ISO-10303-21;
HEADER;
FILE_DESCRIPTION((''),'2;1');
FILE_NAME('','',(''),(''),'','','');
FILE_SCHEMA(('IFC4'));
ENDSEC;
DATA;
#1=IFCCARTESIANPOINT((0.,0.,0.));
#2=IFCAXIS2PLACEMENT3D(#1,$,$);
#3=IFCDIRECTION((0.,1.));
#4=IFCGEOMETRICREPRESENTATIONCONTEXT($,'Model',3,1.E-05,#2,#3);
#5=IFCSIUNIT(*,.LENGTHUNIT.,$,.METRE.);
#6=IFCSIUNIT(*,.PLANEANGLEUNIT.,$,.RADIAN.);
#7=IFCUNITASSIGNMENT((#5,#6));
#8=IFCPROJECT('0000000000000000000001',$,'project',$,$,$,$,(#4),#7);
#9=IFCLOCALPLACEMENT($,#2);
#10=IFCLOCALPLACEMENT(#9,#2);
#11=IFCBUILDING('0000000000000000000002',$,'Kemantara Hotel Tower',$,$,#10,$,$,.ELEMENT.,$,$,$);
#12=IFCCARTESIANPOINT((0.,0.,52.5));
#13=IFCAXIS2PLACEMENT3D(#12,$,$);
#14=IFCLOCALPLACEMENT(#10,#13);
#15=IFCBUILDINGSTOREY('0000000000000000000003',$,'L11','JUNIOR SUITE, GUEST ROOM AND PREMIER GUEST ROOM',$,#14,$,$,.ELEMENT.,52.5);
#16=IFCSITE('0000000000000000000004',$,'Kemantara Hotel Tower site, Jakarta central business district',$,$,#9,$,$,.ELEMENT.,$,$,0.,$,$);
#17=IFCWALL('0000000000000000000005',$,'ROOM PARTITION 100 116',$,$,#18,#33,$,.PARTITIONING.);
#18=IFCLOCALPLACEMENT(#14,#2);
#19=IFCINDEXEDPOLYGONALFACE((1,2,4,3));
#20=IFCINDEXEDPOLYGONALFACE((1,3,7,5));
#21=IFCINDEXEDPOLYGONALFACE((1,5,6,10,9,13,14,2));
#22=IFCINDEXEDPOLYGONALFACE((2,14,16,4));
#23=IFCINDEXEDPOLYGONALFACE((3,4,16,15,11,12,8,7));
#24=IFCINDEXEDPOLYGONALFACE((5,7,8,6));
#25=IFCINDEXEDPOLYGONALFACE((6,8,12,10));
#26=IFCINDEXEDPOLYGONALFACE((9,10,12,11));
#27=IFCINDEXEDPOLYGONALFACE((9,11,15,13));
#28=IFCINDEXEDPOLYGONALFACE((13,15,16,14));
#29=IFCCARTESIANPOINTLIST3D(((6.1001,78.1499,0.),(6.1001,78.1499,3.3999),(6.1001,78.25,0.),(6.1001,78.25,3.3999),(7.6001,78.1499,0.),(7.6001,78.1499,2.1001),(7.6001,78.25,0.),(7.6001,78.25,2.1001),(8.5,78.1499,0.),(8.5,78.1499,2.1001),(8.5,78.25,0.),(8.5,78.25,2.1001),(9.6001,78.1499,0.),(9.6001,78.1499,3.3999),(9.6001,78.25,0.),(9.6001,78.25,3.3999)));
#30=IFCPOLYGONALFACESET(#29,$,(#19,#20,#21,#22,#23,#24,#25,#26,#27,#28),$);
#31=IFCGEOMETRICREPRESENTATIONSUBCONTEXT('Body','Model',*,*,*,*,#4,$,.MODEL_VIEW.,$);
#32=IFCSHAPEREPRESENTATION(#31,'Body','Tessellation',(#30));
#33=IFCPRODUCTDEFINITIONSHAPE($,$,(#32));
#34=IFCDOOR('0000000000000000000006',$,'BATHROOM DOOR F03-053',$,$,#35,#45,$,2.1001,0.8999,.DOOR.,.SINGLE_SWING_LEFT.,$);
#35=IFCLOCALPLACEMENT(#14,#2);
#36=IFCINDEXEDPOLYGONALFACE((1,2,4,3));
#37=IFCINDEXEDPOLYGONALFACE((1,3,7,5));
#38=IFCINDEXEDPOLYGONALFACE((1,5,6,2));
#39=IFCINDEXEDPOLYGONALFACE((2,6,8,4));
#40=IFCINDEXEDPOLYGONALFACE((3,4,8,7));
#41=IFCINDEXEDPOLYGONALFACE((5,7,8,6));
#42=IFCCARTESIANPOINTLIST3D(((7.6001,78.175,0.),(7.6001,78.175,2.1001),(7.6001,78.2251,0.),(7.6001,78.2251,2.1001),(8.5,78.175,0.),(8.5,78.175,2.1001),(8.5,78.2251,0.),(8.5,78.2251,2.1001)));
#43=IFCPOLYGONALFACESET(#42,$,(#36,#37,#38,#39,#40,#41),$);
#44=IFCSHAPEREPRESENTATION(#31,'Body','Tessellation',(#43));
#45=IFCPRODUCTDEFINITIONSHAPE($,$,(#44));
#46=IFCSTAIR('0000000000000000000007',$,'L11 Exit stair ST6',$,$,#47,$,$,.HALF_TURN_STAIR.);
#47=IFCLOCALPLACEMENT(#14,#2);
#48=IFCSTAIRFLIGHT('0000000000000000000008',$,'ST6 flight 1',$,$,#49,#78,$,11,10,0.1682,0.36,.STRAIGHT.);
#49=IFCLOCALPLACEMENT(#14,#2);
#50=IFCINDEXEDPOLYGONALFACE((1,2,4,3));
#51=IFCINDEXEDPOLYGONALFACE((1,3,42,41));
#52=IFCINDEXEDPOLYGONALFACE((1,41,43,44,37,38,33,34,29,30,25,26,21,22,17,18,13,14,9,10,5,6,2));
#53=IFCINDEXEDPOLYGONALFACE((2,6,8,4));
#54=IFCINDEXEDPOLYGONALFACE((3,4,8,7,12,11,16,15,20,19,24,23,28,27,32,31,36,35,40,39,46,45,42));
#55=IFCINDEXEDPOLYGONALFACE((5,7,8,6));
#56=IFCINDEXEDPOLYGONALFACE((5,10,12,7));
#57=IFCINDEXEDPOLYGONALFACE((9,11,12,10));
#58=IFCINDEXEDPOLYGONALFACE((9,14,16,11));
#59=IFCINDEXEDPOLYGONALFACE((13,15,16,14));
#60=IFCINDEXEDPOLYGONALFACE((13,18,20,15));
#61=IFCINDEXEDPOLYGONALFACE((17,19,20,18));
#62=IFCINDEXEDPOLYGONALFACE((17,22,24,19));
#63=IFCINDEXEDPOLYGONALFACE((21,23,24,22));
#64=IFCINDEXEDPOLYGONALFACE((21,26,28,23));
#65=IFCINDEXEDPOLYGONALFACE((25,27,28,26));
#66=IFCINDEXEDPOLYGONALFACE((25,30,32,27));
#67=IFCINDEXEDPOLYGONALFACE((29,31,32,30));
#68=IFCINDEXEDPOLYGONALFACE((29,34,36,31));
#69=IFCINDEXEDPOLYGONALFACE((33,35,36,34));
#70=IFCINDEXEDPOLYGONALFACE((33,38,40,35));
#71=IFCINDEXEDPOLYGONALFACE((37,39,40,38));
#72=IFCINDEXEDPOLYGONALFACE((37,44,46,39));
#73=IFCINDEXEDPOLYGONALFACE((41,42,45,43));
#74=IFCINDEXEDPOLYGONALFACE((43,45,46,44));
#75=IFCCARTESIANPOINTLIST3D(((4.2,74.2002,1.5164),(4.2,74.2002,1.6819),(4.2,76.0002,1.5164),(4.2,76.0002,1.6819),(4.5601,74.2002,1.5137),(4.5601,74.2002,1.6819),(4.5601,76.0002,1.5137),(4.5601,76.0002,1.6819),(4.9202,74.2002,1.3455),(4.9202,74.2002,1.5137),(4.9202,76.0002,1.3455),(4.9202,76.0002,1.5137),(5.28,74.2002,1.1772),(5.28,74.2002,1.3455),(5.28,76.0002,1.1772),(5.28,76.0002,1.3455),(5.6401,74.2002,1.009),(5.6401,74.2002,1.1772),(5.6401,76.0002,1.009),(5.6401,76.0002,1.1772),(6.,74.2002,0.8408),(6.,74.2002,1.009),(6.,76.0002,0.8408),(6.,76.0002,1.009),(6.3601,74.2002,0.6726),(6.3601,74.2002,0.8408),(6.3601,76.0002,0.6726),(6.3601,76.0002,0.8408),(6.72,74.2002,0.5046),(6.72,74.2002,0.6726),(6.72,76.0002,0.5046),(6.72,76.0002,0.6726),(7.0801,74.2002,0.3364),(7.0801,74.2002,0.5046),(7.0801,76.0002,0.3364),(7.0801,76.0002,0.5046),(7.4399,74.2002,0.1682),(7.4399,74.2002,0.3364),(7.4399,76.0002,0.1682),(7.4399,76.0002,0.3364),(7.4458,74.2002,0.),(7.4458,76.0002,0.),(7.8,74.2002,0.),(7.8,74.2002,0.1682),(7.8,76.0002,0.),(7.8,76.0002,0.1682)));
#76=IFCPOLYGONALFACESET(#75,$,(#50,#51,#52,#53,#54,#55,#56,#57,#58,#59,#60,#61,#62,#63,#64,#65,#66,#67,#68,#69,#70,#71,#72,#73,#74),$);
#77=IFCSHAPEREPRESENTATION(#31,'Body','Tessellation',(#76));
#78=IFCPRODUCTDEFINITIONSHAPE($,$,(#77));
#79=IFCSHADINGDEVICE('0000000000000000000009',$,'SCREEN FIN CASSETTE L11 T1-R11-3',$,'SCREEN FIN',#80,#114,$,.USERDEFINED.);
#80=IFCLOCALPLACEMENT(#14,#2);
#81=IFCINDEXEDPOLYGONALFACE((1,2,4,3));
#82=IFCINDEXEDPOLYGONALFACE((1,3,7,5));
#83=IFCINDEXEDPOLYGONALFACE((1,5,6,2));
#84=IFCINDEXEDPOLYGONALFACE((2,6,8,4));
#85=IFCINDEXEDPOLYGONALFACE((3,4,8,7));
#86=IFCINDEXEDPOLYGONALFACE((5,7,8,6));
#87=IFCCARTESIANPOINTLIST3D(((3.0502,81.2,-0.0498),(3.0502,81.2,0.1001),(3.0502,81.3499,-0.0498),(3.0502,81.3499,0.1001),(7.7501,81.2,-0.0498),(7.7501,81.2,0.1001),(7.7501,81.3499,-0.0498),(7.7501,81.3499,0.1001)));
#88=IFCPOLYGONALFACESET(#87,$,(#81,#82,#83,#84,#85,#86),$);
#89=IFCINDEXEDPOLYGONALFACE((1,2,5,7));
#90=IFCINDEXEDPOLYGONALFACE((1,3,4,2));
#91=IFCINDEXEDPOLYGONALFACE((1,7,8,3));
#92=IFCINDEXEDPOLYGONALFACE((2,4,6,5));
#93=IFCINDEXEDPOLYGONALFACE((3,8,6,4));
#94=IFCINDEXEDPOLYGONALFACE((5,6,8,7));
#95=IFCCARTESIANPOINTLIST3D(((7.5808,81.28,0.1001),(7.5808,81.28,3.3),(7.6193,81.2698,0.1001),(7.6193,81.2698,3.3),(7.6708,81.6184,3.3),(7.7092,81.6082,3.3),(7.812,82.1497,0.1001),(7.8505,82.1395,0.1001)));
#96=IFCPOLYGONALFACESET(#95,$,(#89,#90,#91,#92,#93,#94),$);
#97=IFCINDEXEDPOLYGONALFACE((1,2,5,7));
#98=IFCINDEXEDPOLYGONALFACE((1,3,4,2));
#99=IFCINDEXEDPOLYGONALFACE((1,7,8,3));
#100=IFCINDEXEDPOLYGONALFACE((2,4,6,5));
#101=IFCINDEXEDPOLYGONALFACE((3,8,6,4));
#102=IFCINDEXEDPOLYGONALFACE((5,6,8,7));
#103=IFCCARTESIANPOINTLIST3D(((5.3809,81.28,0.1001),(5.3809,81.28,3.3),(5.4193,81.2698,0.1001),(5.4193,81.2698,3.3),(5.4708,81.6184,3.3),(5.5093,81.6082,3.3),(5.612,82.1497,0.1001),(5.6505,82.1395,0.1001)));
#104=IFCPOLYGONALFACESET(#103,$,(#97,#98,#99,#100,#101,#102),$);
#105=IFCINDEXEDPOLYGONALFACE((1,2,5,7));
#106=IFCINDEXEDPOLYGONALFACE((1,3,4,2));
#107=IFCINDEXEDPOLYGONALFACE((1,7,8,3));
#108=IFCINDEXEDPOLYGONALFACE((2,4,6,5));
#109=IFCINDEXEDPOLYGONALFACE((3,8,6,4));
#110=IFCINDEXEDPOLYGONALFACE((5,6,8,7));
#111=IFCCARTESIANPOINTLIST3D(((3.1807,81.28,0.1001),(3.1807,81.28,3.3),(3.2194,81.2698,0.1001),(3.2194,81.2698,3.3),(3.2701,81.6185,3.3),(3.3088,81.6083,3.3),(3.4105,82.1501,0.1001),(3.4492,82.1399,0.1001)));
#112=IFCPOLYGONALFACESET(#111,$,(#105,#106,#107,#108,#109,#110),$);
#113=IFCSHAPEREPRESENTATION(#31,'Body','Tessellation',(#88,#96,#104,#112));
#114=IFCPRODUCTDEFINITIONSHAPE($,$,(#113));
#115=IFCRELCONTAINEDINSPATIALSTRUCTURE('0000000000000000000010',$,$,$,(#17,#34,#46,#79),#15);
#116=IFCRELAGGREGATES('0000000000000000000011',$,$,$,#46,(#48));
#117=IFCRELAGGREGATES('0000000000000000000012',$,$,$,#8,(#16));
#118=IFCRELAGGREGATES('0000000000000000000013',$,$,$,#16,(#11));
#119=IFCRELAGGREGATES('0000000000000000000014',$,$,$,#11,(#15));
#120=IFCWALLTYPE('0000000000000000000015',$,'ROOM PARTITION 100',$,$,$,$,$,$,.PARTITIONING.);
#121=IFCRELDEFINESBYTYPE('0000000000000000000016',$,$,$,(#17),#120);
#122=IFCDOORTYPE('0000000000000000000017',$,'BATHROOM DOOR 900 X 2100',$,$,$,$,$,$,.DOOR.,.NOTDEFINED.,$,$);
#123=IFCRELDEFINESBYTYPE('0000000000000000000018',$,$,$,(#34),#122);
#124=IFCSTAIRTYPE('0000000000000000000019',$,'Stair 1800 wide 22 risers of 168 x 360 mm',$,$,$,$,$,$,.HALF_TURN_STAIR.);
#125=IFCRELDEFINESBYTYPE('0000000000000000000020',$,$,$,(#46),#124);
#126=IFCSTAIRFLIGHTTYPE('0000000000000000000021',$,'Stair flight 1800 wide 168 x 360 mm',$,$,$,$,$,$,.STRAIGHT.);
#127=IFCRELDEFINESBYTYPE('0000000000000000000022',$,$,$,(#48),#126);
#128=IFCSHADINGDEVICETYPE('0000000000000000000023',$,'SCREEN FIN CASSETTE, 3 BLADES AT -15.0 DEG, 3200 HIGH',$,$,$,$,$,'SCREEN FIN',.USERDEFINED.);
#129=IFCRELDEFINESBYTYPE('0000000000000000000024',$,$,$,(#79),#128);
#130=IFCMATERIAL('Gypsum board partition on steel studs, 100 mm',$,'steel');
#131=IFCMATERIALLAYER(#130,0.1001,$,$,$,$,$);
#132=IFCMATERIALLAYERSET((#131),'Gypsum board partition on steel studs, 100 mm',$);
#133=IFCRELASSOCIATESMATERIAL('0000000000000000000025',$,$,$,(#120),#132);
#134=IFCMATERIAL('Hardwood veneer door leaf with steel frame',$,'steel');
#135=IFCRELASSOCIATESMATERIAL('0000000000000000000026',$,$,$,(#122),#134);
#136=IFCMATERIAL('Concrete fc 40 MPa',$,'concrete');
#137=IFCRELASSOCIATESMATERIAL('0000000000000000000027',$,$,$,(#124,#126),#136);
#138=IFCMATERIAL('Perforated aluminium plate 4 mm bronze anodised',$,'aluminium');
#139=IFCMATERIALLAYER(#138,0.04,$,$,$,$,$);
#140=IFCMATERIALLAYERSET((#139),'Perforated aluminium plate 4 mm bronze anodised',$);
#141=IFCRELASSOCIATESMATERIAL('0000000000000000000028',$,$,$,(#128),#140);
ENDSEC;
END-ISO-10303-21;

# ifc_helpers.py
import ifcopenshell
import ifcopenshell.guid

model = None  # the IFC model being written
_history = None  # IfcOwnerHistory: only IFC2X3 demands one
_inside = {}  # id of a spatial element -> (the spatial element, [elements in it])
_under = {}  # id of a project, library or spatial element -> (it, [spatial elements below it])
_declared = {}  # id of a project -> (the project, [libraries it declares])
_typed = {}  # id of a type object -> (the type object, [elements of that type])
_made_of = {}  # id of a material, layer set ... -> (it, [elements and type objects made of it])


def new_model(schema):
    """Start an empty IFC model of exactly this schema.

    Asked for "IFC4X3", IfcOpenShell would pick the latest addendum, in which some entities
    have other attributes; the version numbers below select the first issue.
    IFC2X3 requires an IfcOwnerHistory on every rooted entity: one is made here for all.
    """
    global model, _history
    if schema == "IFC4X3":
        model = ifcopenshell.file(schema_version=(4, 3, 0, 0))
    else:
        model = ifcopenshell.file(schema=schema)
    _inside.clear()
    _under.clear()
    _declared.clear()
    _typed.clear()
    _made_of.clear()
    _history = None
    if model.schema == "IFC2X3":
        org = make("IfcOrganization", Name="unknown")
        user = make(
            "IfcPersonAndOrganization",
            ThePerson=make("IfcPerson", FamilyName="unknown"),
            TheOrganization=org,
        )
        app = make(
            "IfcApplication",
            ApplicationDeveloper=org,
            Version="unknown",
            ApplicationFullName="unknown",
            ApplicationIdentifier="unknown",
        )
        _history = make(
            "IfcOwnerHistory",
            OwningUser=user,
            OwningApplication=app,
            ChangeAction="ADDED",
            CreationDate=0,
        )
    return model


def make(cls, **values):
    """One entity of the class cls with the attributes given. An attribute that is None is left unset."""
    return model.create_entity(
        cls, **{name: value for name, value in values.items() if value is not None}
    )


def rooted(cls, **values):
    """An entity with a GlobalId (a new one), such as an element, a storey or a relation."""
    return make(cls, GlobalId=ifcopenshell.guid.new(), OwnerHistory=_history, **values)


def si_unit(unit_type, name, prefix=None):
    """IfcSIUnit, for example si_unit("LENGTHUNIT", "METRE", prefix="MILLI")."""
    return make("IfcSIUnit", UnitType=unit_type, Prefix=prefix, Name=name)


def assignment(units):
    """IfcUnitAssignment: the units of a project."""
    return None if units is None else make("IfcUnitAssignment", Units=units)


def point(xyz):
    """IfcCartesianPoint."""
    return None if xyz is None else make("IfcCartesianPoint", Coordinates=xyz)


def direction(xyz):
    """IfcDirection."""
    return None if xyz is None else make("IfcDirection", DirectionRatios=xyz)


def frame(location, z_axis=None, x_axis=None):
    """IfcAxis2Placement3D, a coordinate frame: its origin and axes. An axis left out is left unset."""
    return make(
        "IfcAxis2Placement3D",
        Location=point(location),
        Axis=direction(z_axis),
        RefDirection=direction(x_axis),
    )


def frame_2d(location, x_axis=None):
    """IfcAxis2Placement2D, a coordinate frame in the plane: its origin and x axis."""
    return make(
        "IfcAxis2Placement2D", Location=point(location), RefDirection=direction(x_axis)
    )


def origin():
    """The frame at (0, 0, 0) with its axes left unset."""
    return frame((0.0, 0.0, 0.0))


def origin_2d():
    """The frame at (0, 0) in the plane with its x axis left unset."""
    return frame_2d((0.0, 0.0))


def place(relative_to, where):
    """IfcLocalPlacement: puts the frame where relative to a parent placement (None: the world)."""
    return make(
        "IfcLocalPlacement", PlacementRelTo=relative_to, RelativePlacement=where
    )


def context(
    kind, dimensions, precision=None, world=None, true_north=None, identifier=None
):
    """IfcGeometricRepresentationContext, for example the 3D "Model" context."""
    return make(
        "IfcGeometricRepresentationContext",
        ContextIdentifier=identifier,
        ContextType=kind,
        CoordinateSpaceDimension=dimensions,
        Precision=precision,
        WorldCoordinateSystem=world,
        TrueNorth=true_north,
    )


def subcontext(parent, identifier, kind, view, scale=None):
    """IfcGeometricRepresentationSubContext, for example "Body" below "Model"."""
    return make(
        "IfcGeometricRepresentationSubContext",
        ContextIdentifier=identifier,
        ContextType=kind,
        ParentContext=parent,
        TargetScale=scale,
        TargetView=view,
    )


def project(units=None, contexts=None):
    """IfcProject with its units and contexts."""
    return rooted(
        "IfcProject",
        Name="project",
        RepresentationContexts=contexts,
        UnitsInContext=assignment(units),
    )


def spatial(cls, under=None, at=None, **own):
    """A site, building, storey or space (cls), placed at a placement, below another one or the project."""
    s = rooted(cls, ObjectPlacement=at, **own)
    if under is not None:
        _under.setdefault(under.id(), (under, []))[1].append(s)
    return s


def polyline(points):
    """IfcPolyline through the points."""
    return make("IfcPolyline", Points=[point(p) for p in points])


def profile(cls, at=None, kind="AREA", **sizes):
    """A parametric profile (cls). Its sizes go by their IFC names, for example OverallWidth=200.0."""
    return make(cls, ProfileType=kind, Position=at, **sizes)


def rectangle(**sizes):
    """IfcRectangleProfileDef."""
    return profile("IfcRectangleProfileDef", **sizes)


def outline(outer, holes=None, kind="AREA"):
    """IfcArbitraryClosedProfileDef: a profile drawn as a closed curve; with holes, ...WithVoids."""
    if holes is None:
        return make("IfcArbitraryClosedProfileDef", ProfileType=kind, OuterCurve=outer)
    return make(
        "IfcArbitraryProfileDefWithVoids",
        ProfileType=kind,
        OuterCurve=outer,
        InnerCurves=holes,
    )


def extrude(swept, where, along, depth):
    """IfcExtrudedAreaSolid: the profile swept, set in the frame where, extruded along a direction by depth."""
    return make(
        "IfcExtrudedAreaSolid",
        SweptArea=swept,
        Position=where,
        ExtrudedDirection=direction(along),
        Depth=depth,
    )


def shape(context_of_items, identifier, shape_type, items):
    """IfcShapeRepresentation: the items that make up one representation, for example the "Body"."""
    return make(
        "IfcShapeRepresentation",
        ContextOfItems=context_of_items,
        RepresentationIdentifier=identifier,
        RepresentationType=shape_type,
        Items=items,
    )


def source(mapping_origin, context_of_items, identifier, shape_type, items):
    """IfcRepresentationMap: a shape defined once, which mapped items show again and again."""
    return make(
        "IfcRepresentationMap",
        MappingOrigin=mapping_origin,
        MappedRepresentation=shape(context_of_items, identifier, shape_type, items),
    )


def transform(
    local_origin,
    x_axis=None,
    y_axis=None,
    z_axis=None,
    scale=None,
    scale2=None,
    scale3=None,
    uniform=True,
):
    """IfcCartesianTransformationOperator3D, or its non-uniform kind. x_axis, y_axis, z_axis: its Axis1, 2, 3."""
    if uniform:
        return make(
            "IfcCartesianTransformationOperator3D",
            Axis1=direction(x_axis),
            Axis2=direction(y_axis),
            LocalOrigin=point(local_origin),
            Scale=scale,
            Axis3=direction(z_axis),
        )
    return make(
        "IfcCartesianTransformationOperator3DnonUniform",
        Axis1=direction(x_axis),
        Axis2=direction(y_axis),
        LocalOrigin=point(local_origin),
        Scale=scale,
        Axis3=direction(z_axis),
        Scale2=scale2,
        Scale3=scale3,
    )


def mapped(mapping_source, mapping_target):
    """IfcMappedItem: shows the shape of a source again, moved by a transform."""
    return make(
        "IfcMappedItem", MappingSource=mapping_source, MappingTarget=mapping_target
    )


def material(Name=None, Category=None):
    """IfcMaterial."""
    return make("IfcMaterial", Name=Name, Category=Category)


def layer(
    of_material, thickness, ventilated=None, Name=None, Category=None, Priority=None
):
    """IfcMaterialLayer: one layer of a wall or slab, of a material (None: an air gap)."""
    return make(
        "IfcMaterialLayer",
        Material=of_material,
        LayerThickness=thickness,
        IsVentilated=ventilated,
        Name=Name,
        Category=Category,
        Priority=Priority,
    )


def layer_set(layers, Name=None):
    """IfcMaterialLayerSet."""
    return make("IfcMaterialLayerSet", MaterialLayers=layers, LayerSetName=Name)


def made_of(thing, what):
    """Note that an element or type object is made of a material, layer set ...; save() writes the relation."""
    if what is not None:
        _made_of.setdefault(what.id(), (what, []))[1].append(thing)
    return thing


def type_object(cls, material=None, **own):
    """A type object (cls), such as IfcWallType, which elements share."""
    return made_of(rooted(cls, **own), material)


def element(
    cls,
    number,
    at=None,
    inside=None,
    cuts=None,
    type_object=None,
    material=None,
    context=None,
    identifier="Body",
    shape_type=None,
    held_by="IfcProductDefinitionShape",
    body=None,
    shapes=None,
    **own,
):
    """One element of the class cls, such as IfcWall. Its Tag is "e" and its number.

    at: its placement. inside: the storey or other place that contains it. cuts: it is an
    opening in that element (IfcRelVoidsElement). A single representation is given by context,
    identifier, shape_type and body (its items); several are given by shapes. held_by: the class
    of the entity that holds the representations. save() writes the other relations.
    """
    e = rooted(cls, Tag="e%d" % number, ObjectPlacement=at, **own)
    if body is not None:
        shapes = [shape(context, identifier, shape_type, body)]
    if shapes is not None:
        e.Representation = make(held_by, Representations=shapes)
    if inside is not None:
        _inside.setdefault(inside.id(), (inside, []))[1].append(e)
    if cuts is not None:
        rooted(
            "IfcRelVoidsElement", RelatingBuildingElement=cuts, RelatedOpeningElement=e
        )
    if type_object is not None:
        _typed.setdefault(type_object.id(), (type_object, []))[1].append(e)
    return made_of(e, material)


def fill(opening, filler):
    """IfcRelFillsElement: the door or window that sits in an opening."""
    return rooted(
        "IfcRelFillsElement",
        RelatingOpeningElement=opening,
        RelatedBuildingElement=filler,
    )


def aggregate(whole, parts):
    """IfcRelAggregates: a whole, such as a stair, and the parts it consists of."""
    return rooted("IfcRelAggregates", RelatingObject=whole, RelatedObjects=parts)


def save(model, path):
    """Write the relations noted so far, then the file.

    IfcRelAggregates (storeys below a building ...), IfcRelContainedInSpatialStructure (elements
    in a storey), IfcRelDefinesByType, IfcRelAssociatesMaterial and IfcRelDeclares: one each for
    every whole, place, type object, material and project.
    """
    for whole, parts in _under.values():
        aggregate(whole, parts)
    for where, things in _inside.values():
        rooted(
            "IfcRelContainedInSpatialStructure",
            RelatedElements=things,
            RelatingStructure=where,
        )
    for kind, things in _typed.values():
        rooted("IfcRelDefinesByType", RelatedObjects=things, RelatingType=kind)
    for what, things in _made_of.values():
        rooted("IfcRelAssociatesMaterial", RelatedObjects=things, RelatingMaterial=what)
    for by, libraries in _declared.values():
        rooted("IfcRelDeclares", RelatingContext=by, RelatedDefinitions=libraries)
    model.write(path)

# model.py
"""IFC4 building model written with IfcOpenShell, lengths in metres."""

from ifc_helpers import new_model, si_unit, direction, frame, frame_2d, origin, origin_2d, place, context, subcontext, project, spatial, polyline, rectangle, outline, extrude, source, transform, mapped, material, layer, layer_set, type_object, element, fill, aggregate, save


model = new_model("IFC4")

# Units and contexts
model_context = context("Model", 3, precision=1e-05, world=origin(), true_north=direction((0.0, 1.0)))
body_context = subcontext(model_context, "Body", "Model", "MODEL_VIEW")
ifc_project = project(units=[si_unit("LENGTHUNIT", "METRE"), si_unit("PLANEANGLEUNIT", "RADIAN")], contexts=[model_context])

# Site, building, storey
site_placement = place(None, origin())
site = spatial("IfcSite", under=ifc_project, at=site_placement, Name="Kemantara Hotel Tower site, Jakarta central business district", CompositionType="ELEMENT", RefElevation=0.0)
building_placement = place(site_placement, origin())
building = spatial("IfcBuilding", under=site, at=building_placement, Name="Kemantara Hotel Tower", CompositionType="ELEMENT")
storey_placement = place(building_placement, frame((0.0, 0.0, 52.5)))
storey = spatial("IfcBuildingStorey", under=building, at=storey_placement, Name="L11", Description="JUNIOR SUITE, GUEST ROOM AND PREMIER GUEST ROOM", CompositionType="ELEMENT", Elevation=52.5)

# Wall, opening, door
ifc_material_1 = material(Name="Hardwood veneer door leaf with steel frame", Category="steel")
ifc_material_2 = material(Name="Concrete fc 40 MPa", Category="concrete")
ifc_material_3 = material(Name="Gypsum board partition on steel studs, 100 mm", Category="steel")
ifc_layer_1 = layer(ifc_material_3, 0.1001)
ifc_layer_set_1 = layer_set([ifc_layer_1], Name="Gypsum board partition on steel studs, 100 mm")
wall_type_1 = type_object("IfcWallType", Name="ROOM PARTITION 100", PredefinedType="PARTITIONING", material=ifc_layer_set_1)
wall_1_placement = place(storey_placement, frame((9.6001, 78.2, 0.0), z_axis=(0.0, 0.0, 1.0), x_axis=(-1.0, 0.0, 0.0)))
wall_1 = element("IfcWall", 1, at=wall_1_placement, inside=storey, type_object=wall_type_1, Name="ROOM PARTITION 100 116", PredefinedType="PARTITIONING", context=body_context, shape_type="SweptSolid", body=[
    extrude(rectangle(XDim=3.5, YDim=0.1001, at=frame_2d((1.75, 0.0))), origin(), (0.0, 0.0, 1.0), 3.3999),
])
opening_1_placement = place(wall_1_placement, frame((1.1001, 0.0, 0.0)))
opening_1 = element("IfcOpeningElement", 2, at=opening_1_placement, cuts=wall_1, PredefinedType="OPENING", context=body_context, shape_type="SweptSolid", body=[
    extrude(rectangle(XDim=0.8999, YDim=2.1001, at=frame_2d((0.45, 1.05))), frame((0.0, 0.0601, 0.0), z_axis=(0.0, -1.0, 0.0), x_axis=(1.0, 0.0, 0.0)), (0.0, 0.0, 1.0), 0.1201),
])
door_type_1 = type_object("IfcDoorType", Name="BATHROOM DOOR 900 X 2100", OperationType="NOTDEFINED", PredefinedType="DOOR", material=ifc_material_1)
door_1_placement = place(opening_1_placement, origin())
door_1 = element("IfcDoor", 3, at=door_1_placement, inside=storey, type_object=door_type_1, Name="BATHROOM DOOR F03-053", OperationType="SINGLE_SWING_LEFT", OverallHeight=2.1001, OverallWidth=0.8999, PredefinedType="DOOR", context=body_context, shape_type="SweptSolid", body=[
    extrude(rectangle(XDim=0.8999, YDim=2.1001, at=frame_2d((0.45, 1.05))), frame((0.0, 0.0249, 0.0), z_axis=(0.0, -1.0, 0.0), x_axis=(1.0, 0.0, 0.0)), (0.0, 0.0, 1.0), 0.05),
])
fill(opening_1, door_1)

# Stair, stair flight
stair_type = type_object("IfcStairType", Name="Stair 1800 wide 22 risers of 168 x 360 mm", PredefinedType="HALF_TURN_STAIR", material=ifc_material_2)
stair_placement = place(storey_placement, origin())
stair = element("IfcStair", 4, at=stair_placement, inside=storey, type_object=stair_type, Name="L11 Exit stair ST6", PredefinedType="HALF_TURN_STAIR")
stair_flight_type = type_object("IfcStairFlightType", Name="Stair flight 1800 wide 168 x 360 mm", PredefinedType="STRAIGHT", material=ifc_material_2)
stair_flight_placement = place(storey_placement, frame((7.8, 75.1001, 0.0), z_axis=(0.0, 0.0, 1.0), x_axis=(-1.0, 0.0, 0.0)))
stair_flight = element("IfcStairFlight", 5, at=stair_flight_placement, type_object=stair_flight_type, Name="ST6 flight 1", NumberOfRisers=11, NumberOfTreads=10, PredefinedType="STRAIGHT", RiserHeight=0.1682, TreadLength=0.36, context=body_context, shape_type="SweptSolid", body=[
    extrude(outline(polyline([(0.0, 0.0), (0.0, 0.1682), (0.3601, 0.1682), (0.3601, 0.3364), (0.72, 0.3364), (0.72, 0.5046), (1.0801, 0.5046), (1.0801, 0.6726), (1.4399, 0.6726), (1.4399, 0.8408), (1.8, 0.8408), (1.8, 1.009), (2.1599, 1.009), (2.1599, 1.1772), (2.52, 1.1772), (2.52, 1.3455), (2.8799, 1.3455), (2.8799, 1.5137), (3.24, 1.5137), (3.24, 1.6819), (3.6001, 1.6819), (3.6001, 1.8501), (3.6001, 1.5164), (0.3542, 0.0), (0.0, 0.0)])), frame((0.0, 0.8999, 0.0), z_axis=(0.0, -1.0, 0.0), x_axis=(1.0, 0.0, 0.0)), (0.0, 0.0, 1.0), 1.8),
])
aggregate(stair, [stair_flight])

# Shading device
ifc_material_4 = material(Name="Perforated aluminium plate 4 mm bronze anodised", Category="aluminium")
ifc_layer_2 = layer(ifc_material_4, 0.04)
ifc_layer_set_2 = layer_set([ifc_layer_2], Name="Perforated aluminium plate 4 mm bronze anodised")
shading_device_type = type_object("IfcShadingDeviceType", Name="SCREEN FIN CASSETTE, 3 BLADES AT -15.0 DEG, 3200 HIGH", ElementType="SCREEN FIN", PredefinedType="USERDEFINED", material=ifc_layer_set_2)
shared_shape_1 = source(origin(), body_context, "Body", "SweptSolid", [
    extrude(rectangle(XDim=4.7, YDim=0.1499, at=origin_2d()), frame((2.2, -0.075, -0.1499), z_axis=(0.0, 0.0, 1.0), x_axis=(1.0, 0.0, 0.0)), (0.0, 0.0, 1.0), 0.1499),
    extrude(outline(polyline([(0.0, 0.0), (0.8999, 0.0), (0.3501, 3.2), (0.0, 3.2), (0.0, 0.0)])), frame((0.0193, -0.0801, 0.0), z_axis=(-0.966438, 0.256901, 0.0), x_axis=(-0.256901, -0.966438, 0.0)), (0.0, 0.0, 1.0), 0.0398),
    extrude(outline(polyline([(0.0, 0.0), (0.8999, 0.0), (0.3501, 3.2), (0.0, 3.2), (0.0, 0.0)])), frame((2.2192, -0.0801, 0.0), z_axis=(-0.966438, 0.256901, 0.0), x_axis=(-0.256901, -0.966438, 0.0)), (0.0, 0.0, 1.0), 0.0398),
    extrude(outline(polyline([(0.0, 0.0), (0.8999, 0.0), (0.3501, 3.2), (0.0, 3.2), (0.0, 0.0)])), frame((4.4194, -0.0801, 0.0), z_axis=(-0.966838, 0.255391, 0.0), x_axis=(-0.255391, -0.966838, 0.0)), (0.0, 0.0, 1.0), 0.04),
])
shading_device_placement = place(storey_placement, frame((7.6001, 81.2, 0.1001), z_axis=(0.0, 0.0, 1.0), x_axis=(-1.0, 0.0, 0.0)))
element("IfcShadingDevice", 6, at=shading_device_placement, inside=storey, type_object=shading_device_type, Name="SCREEN FIN CASSETTE L11 T1-R11-3", ObjectType="SCREEN FIN", PredefinedType="USERDEFINED", context=body_context, shape_type="MappedRepresentation", body=[
    mapped(shared_shape_1, transform((0.0, 0.0, 0.0))),
])

save(model, "model.ifc")
